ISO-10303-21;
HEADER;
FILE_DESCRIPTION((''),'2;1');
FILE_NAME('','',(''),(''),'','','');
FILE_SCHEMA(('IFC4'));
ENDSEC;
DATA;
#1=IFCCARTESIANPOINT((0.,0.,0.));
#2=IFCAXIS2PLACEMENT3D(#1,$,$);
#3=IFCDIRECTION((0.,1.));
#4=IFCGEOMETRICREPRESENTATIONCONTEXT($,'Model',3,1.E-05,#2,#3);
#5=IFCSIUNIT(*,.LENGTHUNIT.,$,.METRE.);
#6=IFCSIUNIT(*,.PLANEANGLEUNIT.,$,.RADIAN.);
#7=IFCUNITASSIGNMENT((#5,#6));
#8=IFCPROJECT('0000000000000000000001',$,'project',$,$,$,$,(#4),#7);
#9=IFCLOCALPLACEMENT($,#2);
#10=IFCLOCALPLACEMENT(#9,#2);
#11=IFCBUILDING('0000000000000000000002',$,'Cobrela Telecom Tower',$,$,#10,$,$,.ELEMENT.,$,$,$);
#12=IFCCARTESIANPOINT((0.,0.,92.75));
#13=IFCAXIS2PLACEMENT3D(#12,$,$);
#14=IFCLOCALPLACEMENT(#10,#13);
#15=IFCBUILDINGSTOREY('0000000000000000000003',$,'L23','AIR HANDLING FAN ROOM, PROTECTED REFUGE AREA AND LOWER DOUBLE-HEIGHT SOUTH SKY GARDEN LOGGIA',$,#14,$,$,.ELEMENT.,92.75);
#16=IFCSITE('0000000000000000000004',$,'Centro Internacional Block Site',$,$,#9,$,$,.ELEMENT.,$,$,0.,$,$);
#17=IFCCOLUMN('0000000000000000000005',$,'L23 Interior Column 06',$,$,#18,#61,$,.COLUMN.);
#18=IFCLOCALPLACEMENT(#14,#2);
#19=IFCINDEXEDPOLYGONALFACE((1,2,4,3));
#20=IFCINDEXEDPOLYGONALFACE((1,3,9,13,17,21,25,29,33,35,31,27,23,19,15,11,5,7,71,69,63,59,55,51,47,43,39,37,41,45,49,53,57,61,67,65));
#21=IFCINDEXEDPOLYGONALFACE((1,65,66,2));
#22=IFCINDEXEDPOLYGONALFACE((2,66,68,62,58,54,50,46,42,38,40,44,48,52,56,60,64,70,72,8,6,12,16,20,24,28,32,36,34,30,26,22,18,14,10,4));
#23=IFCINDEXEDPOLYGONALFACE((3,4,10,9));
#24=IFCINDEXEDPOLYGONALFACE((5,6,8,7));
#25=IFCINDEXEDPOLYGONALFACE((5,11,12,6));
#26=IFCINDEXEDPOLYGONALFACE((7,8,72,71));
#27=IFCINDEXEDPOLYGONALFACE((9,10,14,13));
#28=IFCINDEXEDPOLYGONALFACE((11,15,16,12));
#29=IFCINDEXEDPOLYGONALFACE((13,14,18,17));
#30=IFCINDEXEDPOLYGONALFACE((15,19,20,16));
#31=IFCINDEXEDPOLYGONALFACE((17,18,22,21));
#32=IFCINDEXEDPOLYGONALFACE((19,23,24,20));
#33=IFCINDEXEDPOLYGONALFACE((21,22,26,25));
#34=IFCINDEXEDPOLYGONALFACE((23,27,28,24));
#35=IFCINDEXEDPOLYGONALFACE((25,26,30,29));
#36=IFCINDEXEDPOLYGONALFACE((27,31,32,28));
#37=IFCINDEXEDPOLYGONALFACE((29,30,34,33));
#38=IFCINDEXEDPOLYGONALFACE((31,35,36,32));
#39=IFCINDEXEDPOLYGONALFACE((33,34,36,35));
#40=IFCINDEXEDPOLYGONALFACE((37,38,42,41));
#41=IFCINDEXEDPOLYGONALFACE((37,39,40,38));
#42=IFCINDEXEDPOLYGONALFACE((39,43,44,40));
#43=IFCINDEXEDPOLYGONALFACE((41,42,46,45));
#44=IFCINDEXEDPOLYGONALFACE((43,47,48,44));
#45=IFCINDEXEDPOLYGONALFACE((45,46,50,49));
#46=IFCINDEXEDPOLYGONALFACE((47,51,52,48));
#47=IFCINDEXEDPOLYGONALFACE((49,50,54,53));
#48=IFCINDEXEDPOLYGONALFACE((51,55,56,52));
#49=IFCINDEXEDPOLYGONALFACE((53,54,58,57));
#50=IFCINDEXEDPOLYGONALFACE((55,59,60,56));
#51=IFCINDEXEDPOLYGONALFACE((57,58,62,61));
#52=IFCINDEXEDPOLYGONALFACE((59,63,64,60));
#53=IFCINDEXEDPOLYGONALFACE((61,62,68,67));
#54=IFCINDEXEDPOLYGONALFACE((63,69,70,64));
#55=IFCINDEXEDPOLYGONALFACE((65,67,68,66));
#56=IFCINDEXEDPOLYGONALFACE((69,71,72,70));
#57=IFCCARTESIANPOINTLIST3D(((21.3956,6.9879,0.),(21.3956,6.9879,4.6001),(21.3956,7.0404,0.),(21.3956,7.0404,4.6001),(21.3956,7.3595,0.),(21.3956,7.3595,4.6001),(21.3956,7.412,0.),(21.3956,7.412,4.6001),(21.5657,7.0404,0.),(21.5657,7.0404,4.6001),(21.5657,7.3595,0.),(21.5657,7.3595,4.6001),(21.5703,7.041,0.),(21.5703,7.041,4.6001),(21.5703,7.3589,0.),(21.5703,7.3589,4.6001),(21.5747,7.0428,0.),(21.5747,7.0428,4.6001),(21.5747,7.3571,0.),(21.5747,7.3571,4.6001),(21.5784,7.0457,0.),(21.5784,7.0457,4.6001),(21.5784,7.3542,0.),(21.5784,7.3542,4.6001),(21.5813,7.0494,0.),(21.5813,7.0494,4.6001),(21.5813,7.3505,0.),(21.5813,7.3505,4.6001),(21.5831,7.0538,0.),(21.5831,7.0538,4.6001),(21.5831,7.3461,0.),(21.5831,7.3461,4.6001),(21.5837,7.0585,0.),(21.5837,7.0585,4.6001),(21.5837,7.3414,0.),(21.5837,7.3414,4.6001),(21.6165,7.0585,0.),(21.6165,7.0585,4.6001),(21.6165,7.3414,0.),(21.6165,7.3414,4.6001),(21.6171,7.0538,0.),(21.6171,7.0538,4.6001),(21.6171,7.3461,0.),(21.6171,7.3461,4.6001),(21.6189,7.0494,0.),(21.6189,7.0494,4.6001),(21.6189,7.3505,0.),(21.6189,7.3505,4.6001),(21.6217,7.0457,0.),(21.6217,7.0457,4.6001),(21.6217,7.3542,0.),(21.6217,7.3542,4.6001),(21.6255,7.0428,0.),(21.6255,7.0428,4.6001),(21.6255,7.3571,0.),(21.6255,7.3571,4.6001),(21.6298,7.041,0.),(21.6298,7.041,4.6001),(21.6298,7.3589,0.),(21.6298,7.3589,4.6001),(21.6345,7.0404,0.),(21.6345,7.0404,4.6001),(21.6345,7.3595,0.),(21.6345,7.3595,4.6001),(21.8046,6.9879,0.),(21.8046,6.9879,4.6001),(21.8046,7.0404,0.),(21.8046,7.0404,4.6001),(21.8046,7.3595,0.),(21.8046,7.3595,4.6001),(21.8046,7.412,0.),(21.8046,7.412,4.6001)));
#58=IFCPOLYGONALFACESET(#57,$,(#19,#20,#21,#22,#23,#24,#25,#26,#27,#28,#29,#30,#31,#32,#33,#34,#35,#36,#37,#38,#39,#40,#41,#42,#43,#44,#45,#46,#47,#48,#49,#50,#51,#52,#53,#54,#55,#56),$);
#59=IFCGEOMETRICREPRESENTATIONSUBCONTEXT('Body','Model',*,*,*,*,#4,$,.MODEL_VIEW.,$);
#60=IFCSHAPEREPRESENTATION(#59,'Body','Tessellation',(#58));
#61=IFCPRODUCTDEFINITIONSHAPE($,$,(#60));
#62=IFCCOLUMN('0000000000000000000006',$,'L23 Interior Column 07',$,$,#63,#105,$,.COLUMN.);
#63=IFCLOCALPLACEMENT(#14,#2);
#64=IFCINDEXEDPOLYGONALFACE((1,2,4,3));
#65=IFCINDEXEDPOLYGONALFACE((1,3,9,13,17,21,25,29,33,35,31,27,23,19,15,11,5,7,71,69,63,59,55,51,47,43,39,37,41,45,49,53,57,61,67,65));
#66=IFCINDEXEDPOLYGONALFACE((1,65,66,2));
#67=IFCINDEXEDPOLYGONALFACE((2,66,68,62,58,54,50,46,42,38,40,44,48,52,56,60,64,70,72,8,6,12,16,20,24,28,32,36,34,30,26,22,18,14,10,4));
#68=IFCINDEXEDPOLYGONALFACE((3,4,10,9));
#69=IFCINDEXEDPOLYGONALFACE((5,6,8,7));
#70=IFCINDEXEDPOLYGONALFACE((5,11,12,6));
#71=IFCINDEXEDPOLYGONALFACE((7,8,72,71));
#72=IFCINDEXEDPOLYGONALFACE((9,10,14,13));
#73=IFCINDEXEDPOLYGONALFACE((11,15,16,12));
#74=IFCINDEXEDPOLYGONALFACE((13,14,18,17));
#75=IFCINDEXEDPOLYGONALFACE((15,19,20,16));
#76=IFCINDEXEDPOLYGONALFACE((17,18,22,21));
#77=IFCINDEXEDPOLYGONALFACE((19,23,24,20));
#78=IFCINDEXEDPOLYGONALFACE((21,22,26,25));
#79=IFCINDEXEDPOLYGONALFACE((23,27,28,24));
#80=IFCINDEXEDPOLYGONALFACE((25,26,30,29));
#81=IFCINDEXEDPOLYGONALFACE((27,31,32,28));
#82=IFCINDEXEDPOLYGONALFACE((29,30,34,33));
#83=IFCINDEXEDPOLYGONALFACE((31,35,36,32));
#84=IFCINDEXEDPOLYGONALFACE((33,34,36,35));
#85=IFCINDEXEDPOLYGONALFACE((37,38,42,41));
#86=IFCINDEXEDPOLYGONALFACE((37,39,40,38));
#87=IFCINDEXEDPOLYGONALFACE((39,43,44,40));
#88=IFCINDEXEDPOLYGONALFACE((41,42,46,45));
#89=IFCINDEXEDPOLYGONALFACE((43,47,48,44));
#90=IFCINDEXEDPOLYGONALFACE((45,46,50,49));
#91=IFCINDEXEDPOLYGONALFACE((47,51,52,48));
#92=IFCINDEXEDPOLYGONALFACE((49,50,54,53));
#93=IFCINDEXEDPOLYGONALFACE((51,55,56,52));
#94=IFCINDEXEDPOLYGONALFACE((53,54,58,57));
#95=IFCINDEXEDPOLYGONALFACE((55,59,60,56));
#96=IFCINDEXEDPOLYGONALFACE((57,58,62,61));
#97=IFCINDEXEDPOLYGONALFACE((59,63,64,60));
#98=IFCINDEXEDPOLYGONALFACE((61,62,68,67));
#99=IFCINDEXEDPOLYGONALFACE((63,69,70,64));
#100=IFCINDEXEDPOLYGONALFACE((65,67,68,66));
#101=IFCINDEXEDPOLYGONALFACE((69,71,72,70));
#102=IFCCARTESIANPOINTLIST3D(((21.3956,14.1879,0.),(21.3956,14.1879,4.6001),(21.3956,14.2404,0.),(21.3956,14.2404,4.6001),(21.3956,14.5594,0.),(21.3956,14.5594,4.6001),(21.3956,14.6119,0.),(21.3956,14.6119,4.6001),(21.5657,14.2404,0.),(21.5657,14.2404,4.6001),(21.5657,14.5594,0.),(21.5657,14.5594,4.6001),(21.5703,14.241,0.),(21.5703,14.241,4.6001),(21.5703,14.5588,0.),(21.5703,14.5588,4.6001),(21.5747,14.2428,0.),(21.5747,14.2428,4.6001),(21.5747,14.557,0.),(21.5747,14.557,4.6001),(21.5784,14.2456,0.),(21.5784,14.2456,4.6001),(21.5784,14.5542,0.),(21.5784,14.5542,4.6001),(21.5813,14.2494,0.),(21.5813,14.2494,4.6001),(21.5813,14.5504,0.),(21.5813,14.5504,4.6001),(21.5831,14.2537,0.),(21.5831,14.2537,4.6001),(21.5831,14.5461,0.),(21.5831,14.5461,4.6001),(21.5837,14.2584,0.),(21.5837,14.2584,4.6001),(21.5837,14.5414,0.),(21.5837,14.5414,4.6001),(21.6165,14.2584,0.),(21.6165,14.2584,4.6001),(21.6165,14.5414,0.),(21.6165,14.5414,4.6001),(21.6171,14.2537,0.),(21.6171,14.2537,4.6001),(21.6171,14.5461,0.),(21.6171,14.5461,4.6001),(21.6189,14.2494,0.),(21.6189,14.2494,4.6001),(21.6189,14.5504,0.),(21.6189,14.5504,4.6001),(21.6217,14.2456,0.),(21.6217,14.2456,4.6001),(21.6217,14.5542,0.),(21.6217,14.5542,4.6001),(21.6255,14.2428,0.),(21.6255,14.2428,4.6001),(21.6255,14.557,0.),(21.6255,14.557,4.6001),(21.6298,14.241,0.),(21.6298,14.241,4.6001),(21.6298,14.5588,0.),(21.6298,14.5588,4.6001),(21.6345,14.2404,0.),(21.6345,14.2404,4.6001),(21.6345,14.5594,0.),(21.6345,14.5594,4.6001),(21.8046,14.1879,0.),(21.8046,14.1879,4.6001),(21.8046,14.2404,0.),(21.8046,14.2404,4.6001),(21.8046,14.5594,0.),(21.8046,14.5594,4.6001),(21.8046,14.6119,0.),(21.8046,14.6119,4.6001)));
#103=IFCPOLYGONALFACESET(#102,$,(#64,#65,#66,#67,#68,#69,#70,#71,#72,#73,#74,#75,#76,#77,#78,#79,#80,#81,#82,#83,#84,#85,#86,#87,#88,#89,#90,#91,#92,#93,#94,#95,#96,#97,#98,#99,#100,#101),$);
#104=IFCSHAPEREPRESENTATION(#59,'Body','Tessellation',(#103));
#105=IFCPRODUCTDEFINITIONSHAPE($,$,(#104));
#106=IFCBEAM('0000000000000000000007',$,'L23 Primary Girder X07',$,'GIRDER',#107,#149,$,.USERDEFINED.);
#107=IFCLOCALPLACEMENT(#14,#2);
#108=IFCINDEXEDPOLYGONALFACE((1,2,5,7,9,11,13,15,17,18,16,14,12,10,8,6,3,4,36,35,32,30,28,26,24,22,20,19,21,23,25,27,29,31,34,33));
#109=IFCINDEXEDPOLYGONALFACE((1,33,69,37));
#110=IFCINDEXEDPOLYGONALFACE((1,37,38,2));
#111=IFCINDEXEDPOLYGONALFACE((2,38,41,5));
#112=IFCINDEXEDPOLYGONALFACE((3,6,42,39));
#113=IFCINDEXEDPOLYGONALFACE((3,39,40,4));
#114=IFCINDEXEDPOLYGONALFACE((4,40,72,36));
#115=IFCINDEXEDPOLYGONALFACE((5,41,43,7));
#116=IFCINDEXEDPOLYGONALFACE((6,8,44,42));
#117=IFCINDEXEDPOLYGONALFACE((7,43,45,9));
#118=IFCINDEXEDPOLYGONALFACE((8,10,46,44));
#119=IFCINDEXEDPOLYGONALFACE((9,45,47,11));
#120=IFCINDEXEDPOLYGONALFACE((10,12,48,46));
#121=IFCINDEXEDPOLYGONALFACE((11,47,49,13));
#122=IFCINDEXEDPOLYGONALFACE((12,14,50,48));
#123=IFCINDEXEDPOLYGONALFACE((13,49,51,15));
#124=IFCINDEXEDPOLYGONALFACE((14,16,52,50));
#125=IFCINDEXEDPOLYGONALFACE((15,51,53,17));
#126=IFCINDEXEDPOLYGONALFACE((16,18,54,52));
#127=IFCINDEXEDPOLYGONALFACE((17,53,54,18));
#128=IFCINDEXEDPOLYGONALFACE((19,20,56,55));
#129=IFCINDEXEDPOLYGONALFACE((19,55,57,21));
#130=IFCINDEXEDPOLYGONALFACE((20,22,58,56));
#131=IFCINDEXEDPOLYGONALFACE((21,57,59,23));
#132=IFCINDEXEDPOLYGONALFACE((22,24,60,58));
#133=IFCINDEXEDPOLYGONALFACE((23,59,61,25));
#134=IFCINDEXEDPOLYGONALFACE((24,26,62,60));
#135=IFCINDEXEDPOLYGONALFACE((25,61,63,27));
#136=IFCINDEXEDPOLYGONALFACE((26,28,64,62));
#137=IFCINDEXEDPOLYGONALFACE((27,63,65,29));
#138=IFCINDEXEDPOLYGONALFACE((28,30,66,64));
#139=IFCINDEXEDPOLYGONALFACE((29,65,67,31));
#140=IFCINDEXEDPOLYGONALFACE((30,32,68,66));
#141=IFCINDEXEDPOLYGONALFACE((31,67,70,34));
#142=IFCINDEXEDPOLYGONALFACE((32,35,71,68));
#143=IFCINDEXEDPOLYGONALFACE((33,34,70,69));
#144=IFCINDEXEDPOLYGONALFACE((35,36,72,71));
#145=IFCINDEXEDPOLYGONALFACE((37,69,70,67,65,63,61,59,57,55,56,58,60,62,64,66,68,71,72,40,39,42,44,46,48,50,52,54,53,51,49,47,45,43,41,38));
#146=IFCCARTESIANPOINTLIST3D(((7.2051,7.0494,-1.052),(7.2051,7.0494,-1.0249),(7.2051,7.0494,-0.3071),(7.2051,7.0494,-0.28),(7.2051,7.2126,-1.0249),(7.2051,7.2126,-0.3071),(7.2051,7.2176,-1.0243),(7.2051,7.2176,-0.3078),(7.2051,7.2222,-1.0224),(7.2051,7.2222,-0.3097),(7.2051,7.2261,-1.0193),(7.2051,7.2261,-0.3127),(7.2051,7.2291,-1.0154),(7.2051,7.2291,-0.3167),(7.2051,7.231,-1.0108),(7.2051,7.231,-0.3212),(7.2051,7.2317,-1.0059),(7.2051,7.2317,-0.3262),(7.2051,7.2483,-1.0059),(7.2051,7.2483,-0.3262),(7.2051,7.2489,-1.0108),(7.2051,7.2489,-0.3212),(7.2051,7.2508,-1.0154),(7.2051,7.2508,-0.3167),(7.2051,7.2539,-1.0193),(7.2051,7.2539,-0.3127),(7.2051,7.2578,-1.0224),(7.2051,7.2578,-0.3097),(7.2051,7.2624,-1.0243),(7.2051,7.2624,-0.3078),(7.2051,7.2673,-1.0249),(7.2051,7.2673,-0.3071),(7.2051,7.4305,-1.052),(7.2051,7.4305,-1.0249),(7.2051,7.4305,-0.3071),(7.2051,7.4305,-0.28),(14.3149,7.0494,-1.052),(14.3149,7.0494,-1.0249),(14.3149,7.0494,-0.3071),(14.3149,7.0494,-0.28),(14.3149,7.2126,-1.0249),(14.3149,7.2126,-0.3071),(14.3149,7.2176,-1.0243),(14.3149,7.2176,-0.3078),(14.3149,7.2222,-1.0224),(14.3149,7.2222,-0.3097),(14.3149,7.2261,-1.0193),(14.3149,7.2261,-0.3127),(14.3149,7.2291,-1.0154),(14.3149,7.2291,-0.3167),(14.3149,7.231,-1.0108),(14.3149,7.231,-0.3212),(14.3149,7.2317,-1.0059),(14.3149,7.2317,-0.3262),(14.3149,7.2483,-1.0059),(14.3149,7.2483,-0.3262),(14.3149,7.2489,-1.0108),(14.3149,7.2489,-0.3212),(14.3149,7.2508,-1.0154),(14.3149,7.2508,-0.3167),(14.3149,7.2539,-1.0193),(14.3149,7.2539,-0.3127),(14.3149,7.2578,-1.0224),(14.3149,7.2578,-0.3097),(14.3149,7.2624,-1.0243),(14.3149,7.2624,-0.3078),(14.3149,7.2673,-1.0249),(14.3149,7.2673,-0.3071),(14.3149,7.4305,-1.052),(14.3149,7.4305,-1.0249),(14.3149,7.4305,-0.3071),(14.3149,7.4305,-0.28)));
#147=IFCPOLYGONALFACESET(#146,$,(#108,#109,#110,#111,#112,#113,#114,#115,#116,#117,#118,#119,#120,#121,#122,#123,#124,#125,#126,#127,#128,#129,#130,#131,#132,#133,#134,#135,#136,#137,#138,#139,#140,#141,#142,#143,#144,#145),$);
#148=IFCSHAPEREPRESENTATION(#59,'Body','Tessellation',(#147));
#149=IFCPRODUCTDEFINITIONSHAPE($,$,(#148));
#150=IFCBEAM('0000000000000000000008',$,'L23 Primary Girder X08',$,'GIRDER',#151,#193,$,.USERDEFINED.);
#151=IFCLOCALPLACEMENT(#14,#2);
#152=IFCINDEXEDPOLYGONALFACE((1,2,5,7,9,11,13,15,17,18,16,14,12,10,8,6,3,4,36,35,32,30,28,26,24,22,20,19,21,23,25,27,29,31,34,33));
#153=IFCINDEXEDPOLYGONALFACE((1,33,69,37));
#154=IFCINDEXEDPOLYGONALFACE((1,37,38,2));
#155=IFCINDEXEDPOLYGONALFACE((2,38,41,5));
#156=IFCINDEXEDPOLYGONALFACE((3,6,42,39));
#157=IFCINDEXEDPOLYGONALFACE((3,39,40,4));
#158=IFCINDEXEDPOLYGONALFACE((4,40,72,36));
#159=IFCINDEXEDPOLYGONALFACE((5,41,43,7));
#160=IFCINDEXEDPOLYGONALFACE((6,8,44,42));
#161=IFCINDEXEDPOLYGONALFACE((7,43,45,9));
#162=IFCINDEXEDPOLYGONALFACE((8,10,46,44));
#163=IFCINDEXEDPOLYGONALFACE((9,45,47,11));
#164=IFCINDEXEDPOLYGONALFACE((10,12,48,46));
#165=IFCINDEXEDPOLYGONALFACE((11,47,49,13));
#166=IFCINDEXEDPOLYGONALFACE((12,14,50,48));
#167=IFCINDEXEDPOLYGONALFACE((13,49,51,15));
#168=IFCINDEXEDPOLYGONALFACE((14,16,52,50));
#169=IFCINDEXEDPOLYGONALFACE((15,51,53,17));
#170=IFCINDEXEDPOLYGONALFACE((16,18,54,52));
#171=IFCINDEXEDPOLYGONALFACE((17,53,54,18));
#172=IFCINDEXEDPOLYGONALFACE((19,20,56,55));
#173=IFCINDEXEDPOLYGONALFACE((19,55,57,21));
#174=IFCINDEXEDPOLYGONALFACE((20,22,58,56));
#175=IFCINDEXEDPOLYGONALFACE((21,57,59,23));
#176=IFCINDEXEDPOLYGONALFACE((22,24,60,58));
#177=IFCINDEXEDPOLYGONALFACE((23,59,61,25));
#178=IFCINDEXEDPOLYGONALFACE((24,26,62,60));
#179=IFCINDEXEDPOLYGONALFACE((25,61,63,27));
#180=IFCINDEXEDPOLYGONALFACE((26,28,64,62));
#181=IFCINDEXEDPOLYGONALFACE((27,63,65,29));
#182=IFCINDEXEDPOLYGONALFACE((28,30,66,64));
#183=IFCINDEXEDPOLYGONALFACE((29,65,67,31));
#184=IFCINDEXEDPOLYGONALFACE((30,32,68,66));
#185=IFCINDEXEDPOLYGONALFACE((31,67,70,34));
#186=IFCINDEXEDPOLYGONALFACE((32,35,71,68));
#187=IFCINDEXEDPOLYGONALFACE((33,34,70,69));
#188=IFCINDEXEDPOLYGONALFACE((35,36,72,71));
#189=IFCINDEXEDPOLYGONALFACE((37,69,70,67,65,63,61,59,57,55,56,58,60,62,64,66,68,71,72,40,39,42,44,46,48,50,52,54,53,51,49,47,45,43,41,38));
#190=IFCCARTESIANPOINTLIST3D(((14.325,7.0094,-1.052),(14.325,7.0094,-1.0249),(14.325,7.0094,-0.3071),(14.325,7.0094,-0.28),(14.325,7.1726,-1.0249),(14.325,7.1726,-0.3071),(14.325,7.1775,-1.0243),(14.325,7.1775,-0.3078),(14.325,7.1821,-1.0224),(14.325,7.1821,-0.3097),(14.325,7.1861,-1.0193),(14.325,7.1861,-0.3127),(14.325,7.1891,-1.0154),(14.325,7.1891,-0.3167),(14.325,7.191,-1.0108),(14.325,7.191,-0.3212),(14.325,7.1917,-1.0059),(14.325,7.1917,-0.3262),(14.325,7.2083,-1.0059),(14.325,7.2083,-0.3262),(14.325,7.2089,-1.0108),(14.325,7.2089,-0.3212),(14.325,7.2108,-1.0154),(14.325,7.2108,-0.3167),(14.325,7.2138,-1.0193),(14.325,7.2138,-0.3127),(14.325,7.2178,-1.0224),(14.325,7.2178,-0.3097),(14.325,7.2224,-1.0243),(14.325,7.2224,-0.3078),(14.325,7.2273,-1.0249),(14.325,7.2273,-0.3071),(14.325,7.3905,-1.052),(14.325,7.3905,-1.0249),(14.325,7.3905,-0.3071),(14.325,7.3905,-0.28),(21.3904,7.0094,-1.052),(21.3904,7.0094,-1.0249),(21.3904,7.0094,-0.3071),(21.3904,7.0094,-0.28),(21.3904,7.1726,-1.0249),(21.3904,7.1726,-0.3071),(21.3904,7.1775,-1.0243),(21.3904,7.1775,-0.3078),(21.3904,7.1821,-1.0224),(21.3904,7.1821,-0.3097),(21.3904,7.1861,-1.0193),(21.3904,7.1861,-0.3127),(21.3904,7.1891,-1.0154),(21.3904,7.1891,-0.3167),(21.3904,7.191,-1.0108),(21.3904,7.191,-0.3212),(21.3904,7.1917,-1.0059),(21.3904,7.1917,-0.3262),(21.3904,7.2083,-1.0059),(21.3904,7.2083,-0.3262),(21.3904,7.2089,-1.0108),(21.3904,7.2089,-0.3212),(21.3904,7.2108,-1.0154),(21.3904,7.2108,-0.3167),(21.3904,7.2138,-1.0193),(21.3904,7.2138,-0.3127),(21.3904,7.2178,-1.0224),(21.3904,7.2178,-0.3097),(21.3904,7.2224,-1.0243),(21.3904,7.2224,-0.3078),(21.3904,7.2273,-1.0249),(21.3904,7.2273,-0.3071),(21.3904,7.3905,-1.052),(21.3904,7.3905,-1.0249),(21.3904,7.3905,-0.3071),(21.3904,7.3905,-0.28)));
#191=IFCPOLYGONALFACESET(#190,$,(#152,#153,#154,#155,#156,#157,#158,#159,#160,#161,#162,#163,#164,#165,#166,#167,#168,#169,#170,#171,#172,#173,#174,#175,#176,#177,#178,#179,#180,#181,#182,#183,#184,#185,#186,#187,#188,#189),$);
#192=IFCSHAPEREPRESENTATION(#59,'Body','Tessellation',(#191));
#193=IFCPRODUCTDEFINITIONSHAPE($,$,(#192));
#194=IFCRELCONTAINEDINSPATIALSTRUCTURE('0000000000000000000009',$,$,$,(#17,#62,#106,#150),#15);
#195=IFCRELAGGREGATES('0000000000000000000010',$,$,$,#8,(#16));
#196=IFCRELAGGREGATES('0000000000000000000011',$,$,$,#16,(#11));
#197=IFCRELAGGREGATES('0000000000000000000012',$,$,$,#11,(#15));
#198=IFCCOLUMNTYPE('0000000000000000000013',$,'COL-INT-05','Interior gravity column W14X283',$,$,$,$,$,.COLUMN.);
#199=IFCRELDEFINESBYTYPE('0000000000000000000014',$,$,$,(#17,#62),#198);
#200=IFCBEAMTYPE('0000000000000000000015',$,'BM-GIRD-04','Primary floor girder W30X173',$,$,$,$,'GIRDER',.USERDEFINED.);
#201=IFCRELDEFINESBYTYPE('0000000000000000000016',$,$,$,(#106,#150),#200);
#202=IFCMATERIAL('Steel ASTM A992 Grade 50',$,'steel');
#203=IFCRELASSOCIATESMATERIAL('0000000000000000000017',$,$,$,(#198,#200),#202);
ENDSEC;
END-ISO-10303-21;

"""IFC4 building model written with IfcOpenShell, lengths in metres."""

from ifc_helpers import new_model, si_unit, direction, frame, origin, origin_2d, place, context, subcontext, project, spatial, i_section, extrude, material, material_profile, profile_set, type_object, element, save


model = new_model("IFC4")

# Units and contexts
model_context = context("Model", 3, precision=1e-05, world=origin(), true_north=direction((0.0, 1.0)))
body_context = subcontext(model_context, "Body", "Model", "MODEL_VIEW")
ifc_project = project(units=[si_unit("LENGTHUNIT", "METRE"), si_unit("PLANEANGLEUNIT", "RADIAN")], contexts=[model_context])

# Site, building, storey
site_placement = place(None, origin())
site = spatial("IfcSite", under=ifc_project, at=site_placement, Name="Centro Internacional Block Site", CompositionType="ELEMENT", RefElevation=0.0)
building_placement = place(site_placement, origin())
building = spatial("IfcBuilding", under=site, at=building_placement, Name="Cobrela Telecom Tower", CompositionType="ELEMENT")
storey_placement = place(building_placement, frame((0.0, 0.0, 92.75)))
storey = spatial("IfcBuildingStorey", under=building, at=storey_placement, Name="L23", Description="AIR HANDLING FAN ROOM, PROTECTED REFUGE AREA AND LOWER DOUBLE-HEIGHT SOUTH SKY GARDEN LOGGIA", CompositionType="ELEMENT", Elevation=92.75)

# Columns
ifc_material_1 = material(Name="Steel ASTM A992 Grade 50", Category="steel")
ifc_material_profile_1 = material_profile(ifc_material_1, i_section(OverallWidth=0.4089, OverallDepth=0.4241, WebThickness=0.0327, FlangeThickness=0.0525, FilletRadius=0.0181, at=origin_2d()), Name="W14X283")
ifc_profile_set_1 = profile_set([ifc_material_profile_1], Name="Steel ASTM A992 Grade 50")
column_type = type_object("IfcColumnType", Name="COL-INT-05", Description="Interior gravity column W14X283", PredefinedType="COLUMN", material=ifc_profile_set_1)
for number, where, z_axis, x_axis, name in (
    (1, (21.6001, 7.2, 0.0), (0.0, 0.0, 1.0), (1.0, 0.0, 0.0), "L23 Interior Column 06"),
    (2, (21.6001, 14.3999, 0.0), (0.0, 0.0, 1.0), (1.0, 0.0, 0.0), "L23 Interior Column 07"),
):
    element("IfcColumn", number, at=place(storey_placement, frame(where, z_axis=z_axis, x_axis=x_axis)), inside=storey, type_object=column_type, Name=name, PredefinedType="COLUMN", context=body_context, shape_type="SweptSolid", body=[
        extrude(i_section(OverallWidth=0.4089, OverallDepth=0.4241, WebThickness=0.0327, FlangeThickness=0.0525, FilletRadius=0.0181, at=origin_2d()), origin(), (0.0, 0.0, 1.0), 4.6001),
    ])

# Beams
ifc_material_profile_2 = material_profile(ifc_material_1, i_section(OverallWidth=0.3811, OverallDepth=0.772, WebThickness=0.0166, FlangeThickness=0.0271, FilletRadius=0.019, at=origin_2d()), Name="W30X173")
ifc_profile_set_2 = profile_set([ifc_material_profile_2], Name="Steel ASTM A992 Grade 50")
beam_type_1 = type_object("IfcBeamType", Name="BM-GIRD-04", Description="Primary floor girder W30X173", ElementType="GIRDER", PredefinedType="USERDEFINED", material=ifc_profile_set_2)
beam_placement = place(storey_placement, frame((7.2051, 7.24, -0.666), z_axis=(1.0, 0.0, 0.0), x_axis=(0.0, 1.0, 0.0)))
element("IfcBeam", 3, at=beam_placement, inside=storey, type_object=beam_type_1, Name="L23 Primary Girder X07", ObjectType="GIRDER", PredefinedType="USERDEFINED", context=body_context, shape_type="SweptSolid", body=[
    extrude(i_section(OverallWidth=0.3811, OverallDepth=0.772, WebThickness=0.0166, FlangeThickness=0.0271, FilletRadius=0.019, at=origin_2d()), origin(), (0.0, 0.0, 1.0), 7.1099),
])
for number, where, z_axis, x_axis, name in (
    (4, (14.325, 7.2, -0.666), (1.0, 0.0, 0.0), (0.0, 1.0, 0.0), "L23 Primary Girder X08"),
):
    element("IfcBeam", number, at=place(storey_placement, frame(where, z_axis=z_axis, x_axis=x_axis)), inside=storey, type_object=beam_type_1, Name=name, ObjectType="GIRDER", PredefinedType="USERDEFINED", context=body_context, shape_type="SweptSolid", body=[
        extrude(i_section(OverallWidth=0.3811, OverallDepth=0.772, WebThickness=0.0166, FlangeThickness=0.0271, FilletRadius=0.019, at=origin_2d()), origin(), (0.0, 0.0, 1.0), 7.0654),
    ])

save(model, "model.ifc")
